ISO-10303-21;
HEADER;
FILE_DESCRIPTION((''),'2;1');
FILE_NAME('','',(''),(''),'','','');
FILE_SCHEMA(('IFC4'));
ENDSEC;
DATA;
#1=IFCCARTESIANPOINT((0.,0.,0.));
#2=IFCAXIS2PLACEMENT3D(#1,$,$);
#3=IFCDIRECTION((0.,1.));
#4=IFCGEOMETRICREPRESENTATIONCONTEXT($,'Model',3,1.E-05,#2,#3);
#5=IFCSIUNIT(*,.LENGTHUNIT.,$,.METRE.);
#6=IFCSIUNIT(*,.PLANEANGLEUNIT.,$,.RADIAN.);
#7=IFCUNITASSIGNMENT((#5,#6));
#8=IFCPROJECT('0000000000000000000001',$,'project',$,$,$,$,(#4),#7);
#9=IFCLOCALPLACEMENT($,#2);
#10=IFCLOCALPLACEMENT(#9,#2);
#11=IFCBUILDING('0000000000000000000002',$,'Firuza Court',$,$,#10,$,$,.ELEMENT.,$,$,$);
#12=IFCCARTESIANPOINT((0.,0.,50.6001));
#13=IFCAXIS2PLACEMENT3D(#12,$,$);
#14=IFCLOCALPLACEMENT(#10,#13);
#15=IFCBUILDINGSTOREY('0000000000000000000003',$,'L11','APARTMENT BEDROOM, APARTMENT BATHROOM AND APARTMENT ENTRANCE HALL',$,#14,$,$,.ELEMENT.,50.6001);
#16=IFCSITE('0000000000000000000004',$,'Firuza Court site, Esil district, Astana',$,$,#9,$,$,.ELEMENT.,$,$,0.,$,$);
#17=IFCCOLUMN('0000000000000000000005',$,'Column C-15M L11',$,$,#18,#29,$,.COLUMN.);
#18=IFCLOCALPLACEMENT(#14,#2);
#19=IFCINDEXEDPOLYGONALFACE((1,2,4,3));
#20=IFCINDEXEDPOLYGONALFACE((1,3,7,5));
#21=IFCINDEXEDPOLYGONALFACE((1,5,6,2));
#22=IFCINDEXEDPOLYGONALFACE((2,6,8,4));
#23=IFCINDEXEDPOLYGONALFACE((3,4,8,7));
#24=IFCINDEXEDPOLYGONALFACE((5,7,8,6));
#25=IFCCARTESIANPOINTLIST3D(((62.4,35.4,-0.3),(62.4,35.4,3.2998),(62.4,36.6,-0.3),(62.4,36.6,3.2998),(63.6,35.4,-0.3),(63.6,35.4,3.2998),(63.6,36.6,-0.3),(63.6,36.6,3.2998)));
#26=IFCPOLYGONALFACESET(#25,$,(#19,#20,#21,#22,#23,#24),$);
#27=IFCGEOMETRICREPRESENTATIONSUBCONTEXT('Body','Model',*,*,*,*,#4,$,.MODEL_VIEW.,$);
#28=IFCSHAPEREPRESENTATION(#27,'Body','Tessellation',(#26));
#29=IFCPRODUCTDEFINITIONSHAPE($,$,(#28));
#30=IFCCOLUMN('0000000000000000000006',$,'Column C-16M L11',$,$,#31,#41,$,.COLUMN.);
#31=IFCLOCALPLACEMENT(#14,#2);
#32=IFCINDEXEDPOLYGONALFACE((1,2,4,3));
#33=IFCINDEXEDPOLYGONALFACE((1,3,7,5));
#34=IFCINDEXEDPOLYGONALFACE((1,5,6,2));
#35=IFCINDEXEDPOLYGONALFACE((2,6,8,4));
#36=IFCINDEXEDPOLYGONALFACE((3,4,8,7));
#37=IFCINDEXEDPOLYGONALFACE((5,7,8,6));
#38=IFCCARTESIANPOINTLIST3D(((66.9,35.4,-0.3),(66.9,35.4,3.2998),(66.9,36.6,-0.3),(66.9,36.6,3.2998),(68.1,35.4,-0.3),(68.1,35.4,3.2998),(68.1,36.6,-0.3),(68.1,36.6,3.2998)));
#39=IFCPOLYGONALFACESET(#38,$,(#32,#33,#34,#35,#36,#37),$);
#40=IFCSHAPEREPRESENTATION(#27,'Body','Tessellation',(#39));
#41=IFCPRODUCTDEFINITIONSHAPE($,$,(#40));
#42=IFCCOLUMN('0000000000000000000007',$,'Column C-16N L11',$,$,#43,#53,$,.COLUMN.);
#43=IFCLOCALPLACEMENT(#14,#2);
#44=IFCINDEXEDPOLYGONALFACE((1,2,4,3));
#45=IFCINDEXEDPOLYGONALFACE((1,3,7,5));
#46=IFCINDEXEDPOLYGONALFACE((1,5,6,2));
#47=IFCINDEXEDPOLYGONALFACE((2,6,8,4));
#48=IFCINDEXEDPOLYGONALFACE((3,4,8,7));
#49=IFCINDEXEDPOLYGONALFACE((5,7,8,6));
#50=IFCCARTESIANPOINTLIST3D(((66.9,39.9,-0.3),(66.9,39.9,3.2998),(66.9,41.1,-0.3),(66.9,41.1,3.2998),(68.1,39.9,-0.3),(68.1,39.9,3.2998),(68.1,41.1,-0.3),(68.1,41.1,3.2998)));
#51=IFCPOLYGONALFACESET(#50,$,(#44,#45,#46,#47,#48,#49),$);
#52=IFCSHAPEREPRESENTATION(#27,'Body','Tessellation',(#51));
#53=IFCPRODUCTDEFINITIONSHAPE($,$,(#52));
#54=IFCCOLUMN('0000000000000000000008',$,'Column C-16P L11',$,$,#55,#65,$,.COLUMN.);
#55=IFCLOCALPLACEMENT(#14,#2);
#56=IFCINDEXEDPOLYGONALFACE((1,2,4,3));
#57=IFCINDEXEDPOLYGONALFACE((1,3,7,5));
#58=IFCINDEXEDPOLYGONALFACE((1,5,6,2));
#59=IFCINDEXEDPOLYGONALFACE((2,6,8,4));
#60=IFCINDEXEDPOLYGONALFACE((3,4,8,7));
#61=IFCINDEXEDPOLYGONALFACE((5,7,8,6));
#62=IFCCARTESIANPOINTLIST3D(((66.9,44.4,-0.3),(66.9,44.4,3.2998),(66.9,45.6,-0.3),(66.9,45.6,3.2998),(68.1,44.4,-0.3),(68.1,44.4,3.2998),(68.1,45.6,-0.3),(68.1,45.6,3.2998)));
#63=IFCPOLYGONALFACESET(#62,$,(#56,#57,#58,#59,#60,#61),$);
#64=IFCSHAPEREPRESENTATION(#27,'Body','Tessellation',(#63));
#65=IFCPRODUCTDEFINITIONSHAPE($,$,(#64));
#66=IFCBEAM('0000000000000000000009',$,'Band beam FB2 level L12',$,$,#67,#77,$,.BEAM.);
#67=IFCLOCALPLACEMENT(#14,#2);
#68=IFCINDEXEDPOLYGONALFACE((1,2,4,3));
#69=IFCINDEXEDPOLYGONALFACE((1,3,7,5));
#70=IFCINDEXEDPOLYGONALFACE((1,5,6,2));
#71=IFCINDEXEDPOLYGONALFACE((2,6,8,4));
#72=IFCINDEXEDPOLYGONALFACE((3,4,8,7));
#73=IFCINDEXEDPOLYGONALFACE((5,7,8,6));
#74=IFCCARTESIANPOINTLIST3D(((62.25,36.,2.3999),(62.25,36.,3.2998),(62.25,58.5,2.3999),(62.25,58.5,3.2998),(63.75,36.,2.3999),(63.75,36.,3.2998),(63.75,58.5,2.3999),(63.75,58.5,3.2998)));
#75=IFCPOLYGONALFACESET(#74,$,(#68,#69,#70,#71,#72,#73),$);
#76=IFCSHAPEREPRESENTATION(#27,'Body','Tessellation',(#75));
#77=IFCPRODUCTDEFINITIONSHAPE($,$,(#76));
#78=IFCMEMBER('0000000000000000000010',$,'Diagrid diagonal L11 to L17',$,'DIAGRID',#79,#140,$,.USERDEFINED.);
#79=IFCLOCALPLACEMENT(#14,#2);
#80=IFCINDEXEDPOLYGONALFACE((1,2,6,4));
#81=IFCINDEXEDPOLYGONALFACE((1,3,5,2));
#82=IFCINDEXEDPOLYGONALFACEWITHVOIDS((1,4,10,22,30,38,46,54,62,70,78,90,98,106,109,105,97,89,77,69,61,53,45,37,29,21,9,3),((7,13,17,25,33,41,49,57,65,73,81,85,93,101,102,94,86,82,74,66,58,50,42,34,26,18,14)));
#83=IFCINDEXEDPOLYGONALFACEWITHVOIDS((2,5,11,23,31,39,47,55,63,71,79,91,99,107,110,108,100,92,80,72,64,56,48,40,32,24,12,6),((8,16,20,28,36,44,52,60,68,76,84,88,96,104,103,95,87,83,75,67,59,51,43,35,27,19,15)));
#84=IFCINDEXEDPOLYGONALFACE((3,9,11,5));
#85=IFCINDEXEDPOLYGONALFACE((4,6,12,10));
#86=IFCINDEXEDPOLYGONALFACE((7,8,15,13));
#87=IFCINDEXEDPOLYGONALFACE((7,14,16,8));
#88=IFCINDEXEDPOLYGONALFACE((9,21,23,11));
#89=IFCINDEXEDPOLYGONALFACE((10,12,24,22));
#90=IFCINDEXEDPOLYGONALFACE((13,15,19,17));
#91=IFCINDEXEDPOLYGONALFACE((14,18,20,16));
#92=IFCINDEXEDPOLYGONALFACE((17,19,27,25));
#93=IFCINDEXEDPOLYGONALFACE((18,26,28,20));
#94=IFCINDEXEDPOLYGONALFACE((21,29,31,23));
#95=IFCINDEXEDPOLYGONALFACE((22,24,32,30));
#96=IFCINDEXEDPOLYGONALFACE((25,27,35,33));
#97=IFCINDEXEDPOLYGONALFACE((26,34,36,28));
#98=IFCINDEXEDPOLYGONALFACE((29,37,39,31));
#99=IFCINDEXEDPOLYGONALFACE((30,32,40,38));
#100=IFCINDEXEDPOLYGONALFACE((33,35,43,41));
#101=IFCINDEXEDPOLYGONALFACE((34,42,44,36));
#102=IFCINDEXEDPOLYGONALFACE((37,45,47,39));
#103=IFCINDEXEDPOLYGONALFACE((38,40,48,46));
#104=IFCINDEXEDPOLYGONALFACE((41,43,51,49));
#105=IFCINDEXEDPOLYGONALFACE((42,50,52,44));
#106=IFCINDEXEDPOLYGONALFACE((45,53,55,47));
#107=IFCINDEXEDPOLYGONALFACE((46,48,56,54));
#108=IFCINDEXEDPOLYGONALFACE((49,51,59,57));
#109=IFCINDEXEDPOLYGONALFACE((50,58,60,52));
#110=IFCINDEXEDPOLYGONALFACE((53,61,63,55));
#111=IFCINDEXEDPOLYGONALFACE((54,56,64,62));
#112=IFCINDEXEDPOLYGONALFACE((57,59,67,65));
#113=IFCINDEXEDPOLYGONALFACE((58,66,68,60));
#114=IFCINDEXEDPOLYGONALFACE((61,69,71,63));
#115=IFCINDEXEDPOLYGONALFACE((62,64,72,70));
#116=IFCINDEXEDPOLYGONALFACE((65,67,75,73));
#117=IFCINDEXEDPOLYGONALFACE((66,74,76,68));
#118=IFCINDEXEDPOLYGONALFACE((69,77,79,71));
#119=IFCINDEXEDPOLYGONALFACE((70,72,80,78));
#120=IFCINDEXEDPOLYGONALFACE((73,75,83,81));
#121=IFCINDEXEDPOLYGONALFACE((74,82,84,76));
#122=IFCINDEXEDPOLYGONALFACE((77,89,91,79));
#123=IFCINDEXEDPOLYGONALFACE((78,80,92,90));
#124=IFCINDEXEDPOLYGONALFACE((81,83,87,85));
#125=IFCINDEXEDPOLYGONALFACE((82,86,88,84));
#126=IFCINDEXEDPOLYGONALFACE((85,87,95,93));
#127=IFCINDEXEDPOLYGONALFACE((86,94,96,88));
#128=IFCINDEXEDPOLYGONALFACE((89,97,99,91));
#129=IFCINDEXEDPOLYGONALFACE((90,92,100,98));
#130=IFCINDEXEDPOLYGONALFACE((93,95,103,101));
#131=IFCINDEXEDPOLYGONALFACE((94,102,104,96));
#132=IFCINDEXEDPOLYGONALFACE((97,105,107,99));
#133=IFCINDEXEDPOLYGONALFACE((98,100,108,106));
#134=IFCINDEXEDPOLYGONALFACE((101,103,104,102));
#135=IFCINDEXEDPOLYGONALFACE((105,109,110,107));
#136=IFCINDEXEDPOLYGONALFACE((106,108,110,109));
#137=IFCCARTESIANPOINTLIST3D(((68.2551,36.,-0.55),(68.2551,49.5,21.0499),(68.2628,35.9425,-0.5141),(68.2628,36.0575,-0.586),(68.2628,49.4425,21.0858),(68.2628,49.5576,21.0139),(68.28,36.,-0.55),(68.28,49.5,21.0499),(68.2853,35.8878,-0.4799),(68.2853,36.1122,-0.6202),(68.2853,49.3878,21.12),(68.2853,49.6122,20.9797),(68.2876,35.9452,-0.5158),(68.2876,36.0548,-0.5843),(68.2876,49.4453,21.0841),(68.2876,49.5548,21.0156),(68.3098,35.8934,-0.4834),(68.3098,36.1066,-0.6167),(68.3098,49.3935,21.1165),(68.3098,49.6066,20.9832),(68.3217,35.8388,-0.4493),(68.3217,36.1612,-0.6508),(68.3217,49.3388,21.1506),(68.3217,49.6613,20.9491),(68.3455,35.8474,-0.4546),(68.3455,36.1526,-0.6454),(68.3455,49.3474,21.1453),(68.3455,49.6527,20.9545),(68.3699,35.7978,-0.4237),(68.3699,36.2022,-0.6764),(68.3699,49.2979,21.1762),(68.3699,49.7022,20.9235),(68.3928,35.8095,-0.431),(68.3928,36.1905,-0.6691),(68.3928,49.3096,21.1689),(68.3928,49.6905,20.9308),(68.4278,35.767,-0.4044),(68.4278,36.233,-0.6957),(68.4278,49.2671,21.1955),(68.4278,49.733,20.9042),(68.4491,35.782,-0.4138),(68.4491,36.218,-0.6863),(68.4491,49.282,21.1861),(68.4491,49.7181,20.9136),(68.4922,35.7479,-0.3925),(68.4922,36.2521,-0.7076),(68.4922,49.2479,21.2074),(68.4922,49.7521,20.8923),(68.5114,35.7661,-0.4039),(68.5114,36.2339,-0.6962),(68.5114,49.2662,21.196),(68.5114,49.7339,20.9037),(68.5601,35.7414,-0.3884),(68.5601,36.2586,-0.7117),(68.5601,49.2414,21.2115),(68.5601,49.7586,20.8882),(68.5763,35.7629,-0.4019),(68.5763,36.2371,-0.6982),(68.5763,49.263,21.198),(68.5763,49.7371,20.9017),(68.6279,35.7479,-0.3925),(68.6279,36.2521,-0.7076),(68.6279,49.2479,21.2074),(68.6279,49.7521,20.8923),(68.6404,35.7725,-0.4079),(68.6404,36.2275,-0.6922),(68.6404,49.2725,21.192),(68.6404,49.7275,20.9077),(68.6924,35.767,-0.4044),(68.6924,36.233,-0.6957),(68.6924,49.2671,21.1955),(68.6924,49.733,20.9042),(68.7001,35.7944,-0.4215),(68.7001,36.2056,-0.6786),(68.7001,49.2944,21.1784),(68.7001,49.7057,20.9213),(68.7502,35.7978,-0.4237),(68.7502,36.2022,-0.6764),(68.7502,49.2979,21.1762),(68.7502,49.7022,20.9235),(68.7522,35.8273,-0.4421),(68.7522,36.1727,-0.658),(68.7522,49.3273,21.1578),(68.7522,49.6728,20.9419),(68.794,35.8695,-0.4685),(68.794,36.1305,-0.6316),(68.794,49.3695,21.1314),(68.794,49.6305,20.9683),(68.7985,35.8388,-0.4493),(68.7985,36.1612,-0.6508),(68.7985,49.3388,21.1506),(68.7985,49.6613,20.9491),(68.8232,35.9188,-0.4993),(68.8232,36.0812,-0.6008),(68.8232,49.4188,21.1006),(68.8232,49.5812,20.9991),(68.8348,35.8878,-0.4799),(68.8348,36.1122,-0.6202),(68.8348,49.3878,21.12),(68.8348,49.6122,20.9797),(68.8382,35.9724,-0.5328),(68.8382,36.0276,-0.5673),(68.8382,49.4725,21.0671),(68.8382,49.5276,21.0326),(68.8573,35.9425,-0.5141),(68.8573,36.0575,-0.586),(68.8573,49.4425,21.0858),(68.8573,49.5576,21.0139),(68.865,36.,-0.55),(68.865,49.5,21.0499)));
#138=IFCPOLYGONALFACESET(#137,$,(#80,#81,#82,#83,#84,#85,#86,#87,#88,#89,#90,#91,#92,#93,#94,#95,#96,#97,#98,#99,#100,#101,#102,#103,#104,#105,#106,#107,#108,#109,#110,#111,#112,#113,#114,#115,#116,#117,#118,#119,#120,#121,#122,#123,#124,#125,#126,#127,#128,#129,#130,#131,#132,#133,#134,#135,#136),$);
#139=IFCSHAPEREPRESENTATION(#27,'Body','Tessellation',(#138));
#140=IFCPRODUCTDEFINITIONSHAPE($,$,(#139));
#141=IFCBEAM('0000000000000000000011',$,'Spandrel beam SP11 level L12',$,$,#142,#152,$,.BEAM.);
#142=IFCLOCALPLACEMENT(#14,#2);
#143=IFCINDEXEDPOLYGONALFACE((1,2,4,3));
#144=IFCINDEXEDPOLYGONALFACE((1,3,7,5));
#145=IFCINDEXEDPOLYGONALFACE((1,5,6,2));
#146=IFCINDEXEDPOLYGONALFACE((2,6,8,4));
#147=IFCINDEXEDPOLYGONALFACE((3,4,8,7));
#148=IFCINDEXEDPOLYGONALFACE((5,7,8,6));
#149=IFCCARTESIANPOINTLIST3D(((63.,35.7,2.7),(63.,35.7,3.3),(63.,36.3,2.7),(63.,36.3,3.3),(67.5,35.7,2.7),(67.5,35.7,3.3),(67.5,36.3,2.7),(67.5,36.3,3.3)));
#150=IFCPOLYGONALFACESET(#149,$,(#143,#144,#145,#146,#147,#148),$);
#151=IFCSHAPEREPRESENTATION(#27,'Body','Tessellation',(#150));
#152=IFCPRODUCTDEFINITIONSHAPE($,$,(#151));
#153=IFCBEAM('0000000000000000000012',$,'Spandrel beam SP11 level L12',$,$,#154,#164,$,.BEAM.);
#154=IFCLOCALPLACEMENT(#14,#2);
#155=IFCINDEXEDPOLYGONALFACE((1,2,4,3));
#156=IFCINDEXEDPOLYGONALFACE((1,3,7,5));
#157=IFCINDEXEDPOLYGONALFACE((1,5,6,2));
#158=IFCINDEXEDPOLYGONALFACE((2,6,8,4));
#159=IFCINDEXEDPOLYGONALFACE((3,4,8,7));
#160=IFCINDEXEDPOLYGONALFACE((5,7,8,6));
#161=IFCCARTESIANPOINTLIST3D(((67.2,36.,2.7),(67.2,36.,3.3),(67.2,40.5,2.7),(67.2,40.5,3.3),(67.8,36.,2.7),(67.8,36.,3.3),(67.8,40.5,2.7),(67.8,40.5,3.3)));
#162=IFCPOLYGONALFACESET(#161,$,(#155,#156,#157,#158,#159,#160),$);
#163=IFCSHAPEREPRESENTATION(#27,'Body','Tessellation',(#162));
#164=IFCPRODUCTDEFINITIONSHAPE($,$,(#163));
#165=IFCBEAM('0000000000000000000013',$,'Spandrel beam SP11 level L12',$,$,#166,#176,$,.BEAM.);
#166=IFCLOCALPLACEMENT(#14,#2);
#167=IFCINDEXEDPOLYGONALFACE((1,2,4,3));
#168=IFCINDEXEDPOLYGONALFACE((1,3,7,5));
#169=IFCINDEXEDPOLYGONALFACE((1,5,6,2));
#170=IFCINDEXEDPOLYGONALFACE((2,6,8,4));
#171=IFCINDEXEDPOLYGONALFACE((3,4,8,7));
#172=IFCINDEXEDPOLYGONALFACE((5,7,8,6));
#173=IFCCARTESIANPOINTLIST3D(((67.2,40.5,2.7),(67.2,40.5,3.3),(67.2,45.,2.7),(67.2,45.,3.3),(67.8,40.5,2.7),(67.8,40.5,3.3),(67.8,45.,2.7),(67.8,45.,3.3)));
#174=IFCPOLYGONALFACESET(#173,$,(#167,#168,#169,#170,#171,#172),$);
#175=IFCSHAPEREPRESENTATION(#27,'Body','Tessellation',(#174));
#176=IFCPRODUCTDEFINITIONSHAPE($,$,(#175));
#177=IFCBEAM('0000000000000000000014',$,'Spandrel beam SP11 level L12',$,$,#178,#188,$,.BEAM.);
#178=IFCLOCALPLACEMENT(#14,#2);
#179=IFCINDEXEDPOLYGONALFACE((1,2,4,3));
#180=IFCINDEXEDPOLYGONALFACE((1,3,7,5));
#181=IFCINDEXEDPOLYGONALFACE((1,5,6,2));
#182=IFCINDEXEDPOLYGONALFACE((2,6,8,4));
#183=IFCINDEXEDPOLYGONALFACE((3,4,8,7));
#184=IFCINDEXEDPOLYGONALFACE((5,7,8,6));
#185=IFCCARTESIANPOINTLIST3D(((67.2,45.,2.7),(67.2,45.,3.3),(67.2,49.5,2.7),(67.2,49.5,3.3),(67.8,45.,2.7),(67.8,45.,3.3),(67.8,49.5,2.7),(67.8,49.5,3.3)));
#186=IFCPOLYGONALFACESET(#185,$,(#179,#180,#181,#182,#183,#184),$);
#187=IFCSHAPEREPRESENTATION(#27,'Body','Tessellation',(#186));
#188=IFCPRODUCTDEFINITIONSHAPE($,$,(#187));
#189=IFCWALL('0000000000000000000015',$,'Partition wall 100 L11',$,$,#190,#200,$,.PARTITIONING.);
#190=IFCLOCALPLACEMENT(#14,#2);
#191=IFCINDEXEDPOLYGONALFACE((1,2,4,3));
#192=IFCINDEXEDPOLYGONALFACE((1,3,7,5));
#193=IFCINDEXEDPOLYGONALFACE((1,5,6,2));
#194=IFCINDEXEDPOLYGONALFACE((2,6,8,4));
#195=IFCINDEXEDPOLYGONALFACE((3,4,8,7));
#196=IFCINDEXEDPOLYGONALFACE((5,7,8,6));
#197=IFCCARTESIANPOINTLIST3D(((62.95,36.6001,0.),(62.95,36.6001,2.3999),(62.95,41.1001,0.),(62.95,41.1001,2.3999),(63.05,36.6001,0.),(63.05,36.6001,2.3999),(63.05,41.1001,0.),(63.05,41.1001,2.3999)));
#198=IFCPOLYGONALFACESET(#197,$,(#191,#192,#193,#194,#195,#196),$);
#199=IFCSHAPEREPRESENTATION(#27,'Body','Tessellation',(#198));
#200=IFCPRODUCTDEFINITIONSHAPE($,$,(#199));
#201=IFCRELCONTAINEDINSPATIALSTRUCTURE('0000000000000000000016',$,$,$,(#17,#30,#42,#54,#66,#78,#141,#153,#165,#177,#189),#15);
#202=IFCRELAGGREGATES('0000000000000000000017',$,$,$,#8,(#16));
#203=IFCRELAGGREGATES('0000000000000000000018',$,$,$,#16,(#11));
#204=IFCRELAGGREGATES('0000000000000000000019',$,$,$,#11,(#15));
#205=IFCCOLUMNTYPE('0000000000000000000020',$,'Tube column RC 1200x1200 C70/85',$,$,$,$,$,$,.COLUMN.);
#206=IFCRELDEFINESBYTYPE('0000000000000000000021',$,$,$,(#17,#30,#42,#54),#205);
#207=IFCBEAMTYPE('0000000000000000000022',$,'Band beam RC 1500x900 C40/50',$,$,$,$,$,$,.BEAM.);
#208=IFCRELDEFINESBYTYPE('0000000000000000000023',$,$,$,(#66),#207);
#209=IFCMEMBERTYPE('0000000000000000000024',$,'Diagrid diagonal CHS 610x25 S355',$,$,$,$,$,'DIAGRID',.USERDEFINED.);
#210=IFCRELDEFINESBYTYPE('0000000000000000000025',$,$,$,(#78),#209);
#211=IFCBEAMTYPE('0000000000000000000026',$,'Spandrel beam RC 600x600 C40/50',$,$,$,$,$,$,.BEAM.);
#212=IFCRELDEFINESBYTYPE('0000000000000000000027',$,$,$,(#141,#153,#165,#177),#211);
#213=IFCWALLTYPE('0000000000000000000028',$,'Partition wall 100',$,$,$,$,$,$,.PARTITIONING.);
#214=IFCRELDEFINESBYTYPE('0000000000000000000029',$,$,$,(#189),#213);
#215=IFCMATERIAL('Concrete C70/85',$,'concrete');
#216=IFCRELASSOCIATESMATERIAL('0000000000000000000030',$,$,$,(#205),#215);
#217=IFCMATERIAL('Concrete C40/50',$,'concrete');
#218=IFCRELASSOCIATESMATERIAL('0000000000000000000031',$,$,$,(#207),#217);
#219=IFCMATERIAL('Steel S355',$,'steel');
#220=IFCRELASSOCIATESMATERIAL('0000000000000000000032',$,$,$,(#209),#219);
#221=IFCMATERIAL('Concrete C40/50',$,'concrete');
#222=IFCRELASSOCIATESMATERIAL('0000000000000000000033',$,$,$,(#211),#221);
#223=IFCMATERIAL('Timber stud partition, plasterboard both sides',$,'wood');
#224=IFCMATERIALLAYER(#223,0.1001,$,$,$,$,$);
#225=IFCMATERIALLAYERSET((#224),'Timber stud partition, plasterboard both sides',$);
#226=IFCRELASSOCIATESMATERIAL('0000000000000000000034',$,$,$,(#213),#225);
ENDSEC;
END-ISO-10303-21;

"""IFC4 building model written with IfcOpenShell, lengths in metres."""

from ifc_helpers import new_model, si_unit, direction, frame, frame_2d, origin, origin_2d, place, context, subcontext, project, spatial, rectangle, hollow_circle, extrude, material, layer, layer_set, material_profile, profile_set, type_object, element, save


model = new_model("IFC4")

# Units and contexts
model_context = context("Model", 3, precision=1e-05, world=origin(), true_north=direction((0.0, 1.0)))
body_context = subcontext(model_context, "Body", "Model", "MODEL_VIEW")
ifc_project = project(units=[si_unit("LENGTHUNIT", "METRE"), si_unit("PLANEANGLEUNIT", "RADIAN")], contexts=[model_context])

# Site, building, storey
site_placement = place(None, origin())
site = spatial("IfcSite", under=ifc_project, at=site_placement, Name="Firuza Court site, Esil district, Astana", CompositionType="ELEMENT", RefElevation=0.0)
building_placement = place(site_placement, origin())
building = spatial("IfcBuilding", under=site, at=building_placement, Name="Firuza Court", CompositionType="ELEMENT")
storey_placement = place(building_placement, frame((0.0, 0.0, 50.6001)))
storey = spatial("IfcBuildingStorey", under=building, at=storey_placement, Name="L11", Description="APARTMENT BEDROOM, APARTMENT BATHROOM AND APARTMENT ENTRANCE HALL", CompositionType="ELEMENT", Elevation=50.6001)

# Columns
ifc_material_1 = material(Name="Concrete C70/85", Category="concrete")
ifc_material_profile_1 = material_profile(ifc_material_1, rectangle(XDim=1.2, YDim=1.2, at=origin_2d()), Name="RC 1200x1200")
ifc_profile_set_1 = profile_set([ifc_material_profile_1], Name="Concrete C70/85")
column_type = type_object("IfcColumnType", Name="Tube column RC 1200x1200 C70/85", PredefinedType="COLUMN", material=ifc_profile_set_1)
for number, where, z_axis, x_axis, name in (
    (1, (63.0, 36.0, -0.3), (0.0, 0.0, 1.0), (1.0, 0.0, 0.0), "Column C-15M L11"),
    (2, (67.5, 36.0, -0.3), (0.0, 0.0, 1.0), (1.0, 0.0, 0.0), "Column C-16M L11"),
    (3, (67.5, 40.5, -0.3), (0.0, 0.0, 1.0), (1.0, 0.0, 0.0), "Column C-16N L11"),
    (4, (67.5, 45.0, -0.3), (0.0, 0.0, 1.0), (1.0, 0.0, 0.0), "Column C-16P L11"),
):
    element("IfcColumn", number, at=place(storey_placement, frame(where, z_axis=z_axis, x_axis=x_axis)), inside=storey, type_object=column_type, Name=name, PredefinedType="COLUMN", context=body_context, shape_type="SweptSolid", body=[
        extrude(rectangle(XDim=1.2, YDim=1.2, at=origin_2d()), origin(), (0.0, 0.0, 1.0), 3.5999),
    ])

# Beam
ifc_material_2 = material(Name="Concrete C40/50", Category="concrete")
ifc_material_profile_2 = material_profile(ifc_material_2, rectangle(XDim=1.5, YDim=0.8999, at=origin_2d()), Name="RC 1500x900")
ifc_profile_set_2 = profile_set([ifc_material_profile_2], Name="Concrete C40/50")
beam_type_1 = type_object("IfcBeamType", Name="Band beam RC 1500x900 C40/50", PredefinedType="BEAM", material=ifc_profile_set_2)
beam_placement = place(storey_placement, frame((63.0, 36.0, 2.8499), z_axis=(0.0, 1.0, 0.0), x_axis=(-1.0, 0.0, 0.0)))
element("IfcBeam", 5, at=beam_placement, inside=storey, type_object=beam_type_1, Name="Band beam FB2 level L12", PredefinedType="BEAM", context=body_context, shape_type="SweptSolid", body=[
    extrude(rectangle(XDim=1.5, YDim=0.8999, at=origin_2d()), origin(), (0.0, 0.0, 1.0), 22.5),
])

# Member
ifc_material_3 = material(Name="Steel S355", Category="steel")
ifc_material_profile_3 = material_profile(ifc_material_3, hollow_circle(Radius=0.3049, WallThickness=0.0249, at=origin_2d()), Name="CHS 610x25")
ifc_profile_set_3 = profile_set([ifc_material_profile_3], Name="Steel S355")
member_type = type_object("IfcMemberType", Name="Diagrid diagonal CHS 610x25 S355", ElementType="DIAGRID", PredefinedType="USERDEFINED", material=ifc_profile_set_3)
member_placement = place(storey_placement, frame((68.5601, 36.0, -0.55), z_axis=(0.0, 0.530002, 0.847997), x_axis=(-1.0, 0.0, 0.0)))
element("IfcMember", 6, at=member_placement, inside=storey, type_object=member_type, Name="Diagrid diagonal L11 to L17", ObjectType="DIAGRID", PredefinedType="USERDEFINED", context=body_context, shape_type="SweptSolid", body=[
    extrude(hollow_circle(Radius=0.3049, WallThickness=0.0249, at=origin_2d()), origin(), (0.0, 0.0, 1.0), 25.4717),
])

# Beams
ifc_material_4 = material(Name="Concrete C40/50", Category="concrete")
ifc_material_profile_4 = material_profile(ifc_material_4, rectangle(XDim=0.6001, YDim=0.6001, at=origin_2d()), Name="RC 600x600")
ifc_profile_set_4 = profile_set([ifc_material_profile_4], Name="Concrete C40/50")
beam_type_2 = type_object("IfcBeamType", Name="Spandrel beam RC 600x600 C40/50", PredefinedType="BEAM", material=ifc_profile_set_4)
for number, where, z_axis, x_axis, name in (
    (7, (63.0, 36.0, 3.0), (1.0, 0.0, 0.0), (0.0, 1.0, 0.0), "Spandrel beam SP11 level L12"),
    (8, (67.5, 36.0, 3.0), (0.0, 1.0, 0.0), (-1.0, 0.0, 0.0), "Spandrel beam SP11 level L12"),
    (9, (67.5, 40.5, 3.0), (0.0, 1.0, 0.0), (-1.0, 0.0, 0.0), "Spandrel beam SP11 level L12"),
    (10, (67.5, 45.0, 3.0), (0.0, 1.0, 0.0), (-1.0, 0.0, 0.0), "Spandrel beam SP11 level L12"),
):
    element("IfcBeam", number, at=place(storey_placement, frame(where, z_axis=z_axis, x_axis=x_axis)), inside=storey, type_object=beam_type_2, Name=name, PredefinedType="BEAM", context=body_context, shape_type="SweptSolid", body=[
        extrude(rectangle(XDim=0.6001, YDim=0.6001, at=origin_2d()), origin(), (0.0, 0.0, 1.0), 4.5),
    ])

# Wall
ifc_material_5 = material(Name="Timber stud partition, plasterboard both sides", Category="wood")
ifc_layer_1 = layer(ifc_material_5, 0.1001)
ifc_layer_set_1 = layer_set([ifc_layer_1], Name="Timber stud partition, plasterboard both sides")
wall_type_1 = type_object("IfcWallType", Name="Partition wall 100", PredefinedType="PARTITIONING", material=ifc_layer_set_1)
wall_1_placement = place(storey_placement, frame((63.0, 36.6001, 0.0), z_axis=(0.0, 0.0, 1.0), x_axis=(0.0, 1.0, 0.0)))
element("IfcWall", 11, at=wall_1_placement, inside=storey, type_object=wall_type_1, Name="Partition wall 100 L11", PredefinedType="PARTITIONING", context=body_context, shape_type="SweptSolid", body=[
    extrude(rectangle(XDim=4.5, YDim=0.1001, at=frame_2d((2.25, 0.0))), origin(), (0.0, 0.0, 1.0), 2.3999),
])

save(model, "model.ifc")
